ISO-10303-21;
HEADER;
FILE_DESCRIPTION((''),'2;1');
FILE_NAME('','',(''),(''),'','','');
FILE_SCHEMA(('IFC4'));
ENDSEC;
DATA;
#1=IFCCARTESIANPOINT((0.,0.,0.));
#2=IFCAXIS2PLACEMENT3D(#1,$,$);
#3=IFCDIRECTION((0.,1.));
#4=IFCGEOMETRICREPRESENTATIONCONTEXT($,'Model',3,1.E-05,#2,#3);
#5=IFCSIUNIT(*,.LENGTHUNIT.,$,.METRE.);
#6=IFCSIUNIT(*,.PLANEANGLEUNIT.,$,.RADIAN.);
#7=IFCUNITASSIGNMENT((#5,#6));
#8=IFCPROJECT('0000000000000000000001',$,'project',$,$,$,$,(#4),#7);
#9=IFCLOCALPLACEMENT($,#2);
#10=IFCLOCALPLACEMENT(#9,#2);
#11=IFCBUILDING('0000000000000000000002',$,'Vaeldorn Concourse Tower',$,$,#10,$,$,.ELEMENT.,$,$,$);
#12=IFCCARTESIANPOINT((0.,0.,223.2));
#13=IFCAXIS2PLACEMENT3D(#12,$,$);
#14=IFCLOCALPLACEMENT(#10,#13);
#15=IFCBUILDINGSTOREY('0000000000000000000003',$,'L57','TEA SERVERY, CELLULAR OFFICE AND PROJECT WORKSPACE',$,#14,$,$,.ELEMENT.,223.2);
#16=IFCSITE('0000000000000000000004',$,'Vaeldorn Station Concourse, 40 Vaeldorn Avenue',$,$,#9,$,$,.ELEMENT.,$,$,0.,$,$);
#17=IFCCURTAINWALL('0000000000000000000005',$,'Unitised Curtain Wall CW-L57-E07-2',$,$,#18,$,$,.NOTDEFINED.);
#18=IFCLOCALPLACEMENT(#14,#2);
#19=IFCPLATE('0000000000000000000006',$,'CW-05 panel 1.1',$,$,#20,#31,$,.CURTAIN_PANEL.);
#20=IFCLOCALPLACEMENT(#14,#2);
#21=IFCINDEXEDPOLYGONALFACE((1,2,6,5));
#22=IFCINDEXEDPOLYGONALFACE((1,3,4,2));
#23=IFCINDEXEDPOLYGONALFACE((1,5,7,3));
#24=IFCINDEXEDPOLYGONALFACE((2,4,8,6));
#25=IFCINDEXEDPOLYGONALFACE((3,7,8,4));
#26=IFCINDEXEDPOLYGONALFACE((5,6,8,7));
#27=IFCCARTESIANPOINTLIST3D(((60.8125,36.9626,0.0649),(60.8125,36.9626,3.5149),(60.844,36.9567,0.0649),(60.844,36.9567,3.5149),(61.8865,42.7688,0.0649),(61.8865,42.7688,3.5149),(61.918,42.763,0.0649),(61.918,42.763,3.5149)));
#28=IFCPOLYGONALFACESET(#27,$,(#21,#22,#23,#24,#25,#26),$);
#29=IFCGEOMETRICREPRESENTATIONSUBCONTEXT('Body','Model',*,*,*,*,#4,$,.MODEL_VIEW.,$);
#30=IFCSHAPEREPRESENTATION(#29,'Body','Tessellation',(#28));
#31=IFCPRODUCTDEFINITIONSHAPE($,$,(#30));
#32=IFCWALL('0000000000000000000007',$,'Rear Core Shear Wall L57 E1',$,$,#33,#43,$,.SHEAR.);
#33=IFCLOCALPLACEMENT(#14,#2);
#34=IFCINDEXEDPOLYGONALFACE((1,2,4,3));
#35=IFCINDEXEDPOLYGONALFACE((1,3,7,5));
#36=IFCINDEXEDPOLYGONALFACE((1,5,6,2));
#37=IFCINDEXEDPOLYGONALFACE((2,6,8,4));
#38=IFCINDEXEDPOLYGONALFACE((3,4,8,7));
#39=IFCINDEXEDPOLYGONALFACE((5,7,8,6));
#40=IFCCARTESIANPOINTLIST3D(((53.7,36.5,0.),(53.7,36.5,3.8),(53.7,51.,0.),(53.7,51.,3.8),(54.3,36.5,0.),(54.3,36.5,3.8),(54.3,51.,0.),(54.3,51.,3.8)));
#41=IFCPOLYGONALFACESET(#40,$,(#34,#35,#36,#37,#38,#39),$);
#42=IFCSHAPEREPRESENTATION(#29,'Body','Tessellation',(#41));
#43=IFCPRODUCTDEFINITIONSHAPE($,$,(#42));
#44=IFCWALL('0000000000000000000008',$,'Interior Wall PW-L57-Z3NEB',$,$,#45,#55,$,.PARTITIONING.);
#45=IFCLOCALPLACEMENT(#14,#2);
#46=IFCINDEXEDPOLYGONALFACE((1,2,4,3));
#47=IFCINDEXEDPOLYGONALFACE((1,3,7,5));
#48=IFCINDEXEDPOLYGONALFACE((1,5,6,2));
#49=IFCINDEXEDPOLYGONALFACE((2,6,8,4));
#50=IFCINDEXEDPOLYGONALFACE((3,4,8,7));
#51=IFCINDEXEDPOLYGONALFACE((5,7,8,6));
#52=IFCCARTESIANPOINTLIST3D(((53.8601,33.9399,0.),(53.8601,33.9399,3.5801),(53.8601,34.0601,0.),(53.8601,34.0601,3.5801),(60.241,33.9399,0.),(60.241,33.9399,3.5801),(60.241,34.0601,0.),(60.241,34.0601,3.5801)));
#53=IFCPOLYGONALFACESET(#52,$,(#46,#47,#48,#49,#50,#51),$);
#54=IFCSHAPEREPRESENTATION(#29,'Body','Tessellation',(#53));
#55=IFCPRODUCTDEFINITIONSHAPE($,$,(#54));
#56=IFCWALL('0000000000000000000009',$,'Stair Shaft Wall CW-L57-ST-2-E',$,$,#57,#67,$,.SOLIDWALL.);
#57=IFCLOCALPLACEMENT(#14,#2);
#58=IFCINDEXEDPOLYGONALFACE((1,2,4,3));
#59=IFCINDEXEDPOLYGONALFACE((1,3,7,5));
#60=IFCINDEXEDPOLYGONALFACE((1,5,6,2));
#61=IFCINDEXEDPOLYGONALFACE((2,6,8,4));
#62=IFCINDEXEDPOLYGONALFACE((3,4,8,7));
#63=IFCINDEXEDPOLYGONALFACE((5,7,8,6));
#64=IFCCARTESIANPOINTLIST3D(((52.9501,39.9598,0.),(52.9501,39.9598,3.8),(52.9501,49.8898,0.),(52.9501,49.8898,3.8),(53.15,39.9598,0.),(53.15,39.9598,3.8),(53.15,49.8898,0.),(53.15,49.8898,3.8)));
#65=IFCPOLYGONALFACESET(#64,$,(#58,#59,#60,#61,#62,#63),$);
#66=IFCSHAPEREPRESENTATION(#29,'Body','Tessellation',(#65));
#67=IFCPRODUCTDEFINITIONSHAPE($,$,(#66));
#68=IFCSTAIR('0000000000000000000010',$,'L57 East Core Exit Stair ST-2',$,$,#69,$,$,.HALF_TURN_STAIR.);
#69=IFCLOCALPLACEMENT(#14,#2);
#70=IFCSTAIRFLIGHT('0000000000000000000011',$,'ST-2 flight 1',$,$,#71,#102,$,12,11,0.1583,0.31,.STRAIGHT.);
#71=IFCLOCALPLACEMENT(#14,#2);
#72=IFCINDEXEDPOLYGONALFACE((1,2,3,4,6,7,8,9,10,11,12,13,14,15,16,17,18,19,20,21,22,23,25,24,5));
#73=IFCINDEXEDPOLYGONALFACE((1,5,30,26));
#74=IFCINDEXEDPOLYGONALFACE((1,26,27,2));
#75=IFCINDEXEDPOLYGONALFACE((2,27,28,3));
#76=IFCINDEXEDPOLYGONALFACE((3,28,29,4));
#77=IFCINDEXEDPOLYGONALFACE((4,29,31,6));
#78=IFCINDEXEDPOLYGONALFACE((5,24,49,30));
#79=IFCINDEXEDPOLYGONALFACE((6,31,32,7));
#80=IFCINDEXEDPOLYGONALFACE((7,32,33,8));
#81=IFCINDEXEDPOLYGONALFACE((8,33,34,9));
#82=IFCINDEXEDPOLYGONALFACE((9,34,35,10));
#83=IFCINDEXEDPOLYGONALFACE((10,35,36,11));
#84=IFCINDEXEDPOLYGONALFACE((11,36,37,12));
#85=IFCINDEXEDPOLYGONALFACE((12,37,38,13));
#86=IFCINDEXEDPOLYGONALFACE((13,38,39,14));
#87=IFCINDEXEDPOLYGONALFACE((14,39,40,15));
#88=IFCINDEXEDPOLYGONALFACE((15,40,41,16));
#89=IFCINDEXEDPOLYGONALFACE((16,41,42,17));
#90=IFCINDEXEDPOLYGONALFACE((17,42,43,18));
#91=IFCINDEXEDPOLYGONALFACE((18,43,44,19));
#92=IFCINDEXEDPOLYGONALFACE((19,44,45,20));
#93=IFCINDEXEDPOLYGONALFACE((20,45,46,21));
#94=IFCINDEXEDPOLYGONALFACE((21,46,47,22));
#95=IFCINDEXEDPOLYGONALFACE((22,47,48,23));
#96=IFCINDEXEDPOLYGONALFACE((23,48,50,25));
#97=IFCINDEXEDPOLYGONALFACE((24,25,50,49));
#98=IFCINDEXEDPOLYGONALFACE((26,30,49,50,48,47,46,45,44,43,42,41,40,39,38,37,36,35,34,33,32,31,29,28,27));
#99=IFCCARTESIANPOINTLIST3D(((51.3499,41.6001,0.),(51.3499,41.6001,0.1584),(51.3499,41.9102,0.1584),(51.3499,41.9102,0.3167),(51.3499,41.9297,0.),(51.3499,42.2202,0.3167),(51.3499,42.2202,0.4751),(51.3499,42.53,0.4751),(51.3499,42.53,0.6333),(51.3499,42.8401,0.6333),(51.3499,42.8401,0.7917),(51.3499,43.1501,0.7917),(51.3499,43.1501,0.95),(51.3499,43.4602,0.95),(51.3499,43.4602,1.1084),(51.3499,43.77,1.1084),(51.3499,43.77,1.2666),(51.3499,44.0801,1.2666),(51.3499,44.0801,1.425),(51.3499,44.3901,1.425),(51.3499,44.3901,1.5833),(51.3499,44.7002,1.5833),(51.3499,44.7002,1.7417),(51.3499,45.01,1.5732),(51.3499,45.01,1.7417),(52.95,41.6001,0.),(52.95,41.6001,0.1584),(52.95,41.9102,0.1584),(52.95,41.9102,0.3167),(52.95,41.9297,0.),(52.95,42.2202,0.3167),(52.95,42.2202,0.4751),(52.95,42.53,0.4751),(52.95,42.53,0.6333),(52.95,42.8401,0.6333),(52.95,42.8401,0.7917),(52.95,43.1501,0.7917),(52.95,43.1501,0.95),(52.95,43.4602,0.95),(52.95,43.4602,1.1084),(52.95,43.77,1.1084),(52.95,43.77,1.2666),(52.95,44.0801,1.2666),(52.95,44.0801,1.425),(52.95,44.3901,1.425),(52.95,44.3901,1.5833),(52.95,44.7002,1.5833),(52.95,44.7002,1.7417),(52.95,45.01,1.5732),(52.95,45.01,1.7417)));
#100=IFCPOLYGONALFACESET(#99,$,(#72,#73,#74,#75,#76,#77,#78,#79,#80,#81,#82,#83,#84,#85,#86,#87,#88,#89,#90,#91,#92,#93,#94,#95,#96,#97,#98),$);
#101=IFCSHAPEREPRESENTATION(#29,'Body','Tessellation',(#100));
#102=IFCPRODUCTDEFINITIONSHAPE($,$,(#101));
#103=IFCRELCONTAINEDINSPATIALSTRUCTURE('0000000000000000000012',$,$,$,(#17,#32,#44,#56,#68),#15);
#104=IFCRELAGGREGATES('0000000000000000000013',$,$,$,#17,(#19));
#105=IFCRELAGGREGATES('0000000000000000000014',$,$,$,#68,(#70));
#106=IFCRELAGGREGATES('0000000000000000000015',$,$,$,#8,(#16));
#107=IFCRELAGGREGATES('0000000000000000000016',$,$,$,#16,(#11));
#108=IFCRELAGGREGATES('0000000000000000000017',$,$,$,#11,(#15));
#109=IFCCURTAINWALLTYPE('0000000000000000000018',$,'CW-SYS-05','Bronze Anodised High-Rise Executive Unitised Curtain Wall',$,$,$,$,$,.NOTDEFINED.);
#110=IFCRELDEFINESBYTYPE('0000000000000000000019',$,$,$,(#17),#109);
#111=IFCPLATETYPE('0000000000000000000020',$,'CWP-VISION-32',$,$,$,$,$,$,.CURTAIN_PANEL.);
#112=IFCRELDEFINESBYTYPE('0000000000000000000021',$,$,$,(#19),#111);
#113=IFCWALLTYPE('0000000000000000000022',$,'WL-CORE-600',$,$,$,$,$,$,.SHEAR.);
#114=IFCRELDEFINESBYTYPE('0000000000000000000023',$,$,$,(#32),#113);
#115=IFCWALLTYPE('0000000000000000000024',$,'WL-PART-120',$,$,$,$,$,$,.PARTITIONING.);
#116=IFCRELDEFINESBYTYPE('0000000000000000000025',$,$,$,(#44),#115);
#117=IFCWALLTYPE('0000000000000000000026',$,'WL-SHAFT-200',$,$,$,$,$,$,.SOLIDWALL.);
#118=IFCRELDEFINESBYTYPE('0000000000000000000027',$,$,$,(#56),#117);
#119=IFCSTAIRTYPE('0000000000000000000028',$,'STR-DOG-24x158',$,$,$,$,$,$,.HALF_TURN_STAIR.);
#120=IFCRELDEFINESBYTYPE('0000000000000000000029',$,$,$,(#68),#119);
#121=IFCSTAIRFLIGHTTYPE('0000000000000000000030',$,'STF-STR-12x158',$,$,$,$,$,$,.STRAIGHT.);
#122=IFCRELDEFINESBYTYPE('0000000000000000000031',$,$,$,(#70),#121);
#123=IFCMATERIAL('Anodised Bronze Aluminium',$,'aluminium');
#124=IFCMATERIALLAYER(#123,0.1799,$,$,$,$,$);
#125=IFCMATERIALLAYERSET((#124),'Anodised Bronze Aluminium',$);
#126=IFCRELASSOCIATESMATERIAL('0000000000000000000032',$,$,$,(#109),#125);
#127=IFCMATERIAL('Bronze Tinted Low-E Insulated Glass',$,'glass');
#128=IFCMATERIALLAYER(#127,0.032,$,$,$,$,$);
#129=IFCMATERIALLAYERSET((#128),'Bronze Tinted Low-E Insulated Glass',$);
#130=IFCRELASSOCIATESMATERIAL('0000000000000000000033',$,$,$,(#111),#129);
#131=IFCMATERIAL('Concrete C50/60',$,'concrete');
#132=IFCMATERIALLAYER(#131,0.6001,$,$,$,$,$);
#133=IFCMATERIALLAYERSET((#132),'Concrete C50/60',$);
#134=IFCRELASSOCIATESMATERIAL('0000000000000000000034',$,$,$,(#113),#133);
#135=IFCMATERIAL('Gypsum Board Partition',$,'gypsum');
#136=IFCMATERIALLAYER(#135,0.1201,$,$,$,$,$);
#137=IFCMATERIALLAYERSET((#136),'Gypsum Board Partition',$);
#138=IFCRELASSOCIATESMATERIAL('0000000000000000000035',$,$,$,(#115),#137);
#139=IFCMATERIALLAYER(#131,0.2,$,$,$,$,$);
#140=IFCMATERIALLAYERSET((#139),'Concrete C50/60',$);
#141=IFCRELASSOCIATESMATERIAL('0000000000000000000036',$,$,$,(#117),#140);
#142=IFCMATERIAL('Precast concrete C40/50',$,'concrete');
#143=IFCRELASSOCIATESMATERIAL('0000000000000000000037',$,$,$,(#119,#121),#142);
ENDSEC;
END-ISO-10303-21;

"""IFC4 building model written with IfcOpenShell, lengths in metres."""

from ifc_helpers import new_model, si_unit, direction, frame, frame_2d, origin, origin_2d, place, context, subcontext, project, spatial, polyline, rectangle, outline, extrude, source, transform, mapped, material, layer, layer_set, type_object, element, aggregate, save


model = new_model("IFC4")

# Units and contexts
model_context = context("Model", 3, precision=1e-05, world=origin(), true_north=direction((0.0, 1.0)))
body_context = subcontext(model_context, "Body", "Model", "MODEL_VIEW")
ifc_project = project(units=[si_unit("LENGTHUNIT", "METRE"), si_unit("PLANEANGLEUNIT", "RADIAN")], contexts=[model_context])

# Site, building, storey
site_placement = place(None, origin())
site = spatial("IfcSite", under=ifc_project, at=site_placement, Name="Vaeldorn Station Concourse, 40 Vaeldorn Avenue", CompositionType="ELEMENT", RefElevation=0.0)
building_placement = place(site_placement, origin())
building = spatial("IfcBuilding", under=site, at=building_placement, Name="Vaeldorn Concourse Tower", CompositionType="ELEMENT")
storey_placement = place(building_placement, frame((0.0, 0.0, 223.2)))
storey = spatial("IfcBuildingStorey", under=building, at=storey_placement, Name="L57", Description="TEA SERVERY, CELLULAR OFFICE AND PROJECT WORKSPACE", CompositionType="ELEMENT", Elevation=223.2)

# Shared definitions
ifc_material_1 = material(Name="Concrete C50/60", Category="concrete")

# Shared definitions
ifc_material_2 = material(Name="Anodised Bronze Aluminium", Category="aluminium")
ifc_layer_1 = layer(ifc_material_2, 0.1799)
ifc_layer_set_1 = layer_set([ifc_layer_1], Name="Anodised Bronze Aluminium")
curtain_wall_type = type_object("IfcCurtainWallType", Name="CW-SYS-05", Description="Bronze Anodised High-Rise Executive Unitised Curtain Wall", PredefinedType="NOTDEFINED", material=ifc_layer_set_1)

# Curtain wall, plate
curtain_wall_1_placement = place(storey_placement, origin())
curtain_wall_1 = element("IfcCurtainWall", 1, at=curtain_wall_1_placement, inside=storey, type_object=curtain_wall_type, Name="Unitised Curtain Wall CW-L57-E07-2", PredefinedType="NOTDEFINED")
ifc_material_3 = material(Name="Bronze Tinted Low-E Insulated Glass", Category="glass")
ifc_layer_2 = layer(ifc_material_3, 0.032)
ifc_layer_set_2 = layer_set([ifc_layer_2], Name="Bronze Tinted Low-E Insulated Glass")
plate_type = type_object("IfcPlateType", Name="CWP-VISION-32", PredefinedType="CURTAIN_PANEL", material=ifc_layer_set_2)
shared_shape_1 = source(origin(), body_context, "Body", "SweptSolid", [
    extrude(rectangle(XDim=5.9048, YDim=0.032, at=origin_2d()), origin(), (0.0, 0.0, 1.0), 3.45),
])
plate_placement = place(storey_placement, frame((61.3652, 39.8628, 0.0649), z_axis=(0.0, 0.0, 1.0), x_axis=(0.181888, 0.983319, 0.0)))
plate = element("IfcPlate", 2, at=plate_placement, type_object=plate_type, Name="CW-05 panel 1.1", PredefinedType="CURTAIN_PANEL", context=body_context, shape_type="MappedRepresentation", body=[
    mapped(shared_shape_1, transform((0.0, 0.0, 0.0), scale=1.0)),
])
aggregate(curtain_wall_1, [plate])

# Wall
ifc_layer_3 = layer(ifc_material_1, 0.6001)
ifc_layer_set_3 = layer_set([ifc_layer_3], Name="Concrete C50/60")
wall_type_1 = type_object("IfcWallType", Name="WL-CORE-600", PredefinedType="SHEAR", material=ifc_layer_set_3)
wall_1_placement = place(storey_placement, frame((54.0, 36.5, 0.0), z_axis=(0.0, 0.0, 1.0), x_axis=(0.0, 1.0, 0.0)))
element("IfcWall", 3, at=wall_1_placement, inside=storey, type_object=wall_type_1, Name="Rear Core Shear Wall L57 E1", PredefinedType="SHEAR", context=body_context, shape_type="SweptSolid", body=[
    extrude(rectangle(XDim=14.5, YDim=0.6001, at=frame_2d((7.25, 0.0))), origin(), (0.0, 0.0, 1.0), 3.8),
])

# Shared definitions
ifc_material_4 = material(Name="Gypsum Board Partition", Category="gypsum")
ifc_layer_4 = layer(ifc_material_4, 0.1201)
ifc_layer_set_4 = layer_set([ifc_layer_4], Name="Gypsum Board Partition")
wall_type_2 = type_object("IfcWallType", Name="WL-PART-120", PredefinedType="PARTITIONING", material=ifc_layer_set_4)

# Walls
wall_2_placement = place(storey_placement, frame((53.8601, 34.0, 0.0), z_axis=(0.0, 0.0, 1.0), x_axis=(1.0, 0.0, 0.0)))
element("IfcWall", 4, at=wall_2_placement, inside=storey, type_object=wall_type_2, Name="Interior Wall PW-L57-Z3NEB", PredefinedType="PARTITIONING", context=body_context, shape_type="SweptSolid", body=[
    extrude(rectangle(XDim=6.3809, YDim=0.1201, at=frame_2d((3.1904, 0.0))), origin(), (0.0, 0.0, 1.0), 3.5801),
])
ifc_layer_5 = layer(ifc_material_1, 0.2)
ifc_layer_set_5 = layer_set([ifc_layer_5], Name="Concrete C50/60")
wall_type_3 = type_object("IfcWallType", Name="WL-SHAFT-200", PredefinedType="SOLIDWALL", material=ifc_layer_set_5)
wall_3_placement = place(storey_placement, frame((53.05, 39.96, 0.0), z_axis=(0.0, 0.0, 1.0), x_axis=(0.0, 1.0, 0.0)))
element("IfcWall", 5, at=wall_3_placement, inside=storey, type_object=wall_type_3, Name="Stair Shaft Wall CW-L57-ST-2-E", PredefinedType="SOLIDWALL", context=body_context, shape_type="SweptSolid", body=[
    extrude(rectangle(XDim=9.9299, YDim=0.2, at=frame_2d((4.9648, 0.0))), origin(), (0.0, 0.0, 1.0), 3.8),
])

# Stair, stair flight
ifc_material_5 = material(Name="Precast concrete C40/50", Category="concrete")
stair_type = type_object("IfcStairType", Name="STR-DOG-24x158", PredefinedType="HALF_TURN_STAIR", material=ifc_material_5)
stair_placement = place(storey_placement, origin())
stair = element("IfcStair", 6, at=stair_placement, inside=storey, type_object=stair_type, Name="L57 East Core Exit Stair ST-2", PredefinedType="HALF_TURN_STAIR")
stair_flight_type = type_object("IfcStairFlightType", Name="STF-STR-12x158", PredefinedType="STRAIGHT", material=ifc_material_5)
stair_flight_placement = place(storey_placement, frame((52.1499, 41.6001, 0.0), z_axis=(0.0, 0.0, 1.0), x_axis=(0.0, 1.0, 0.0)))
stair_flight = element("IfcStairFlight", 7, at=stair_flight_placement, type_object=stair_flight_type, Name="ST-2 flight 1", NumberOfRisers=12, NumberOfTreads=11, PredefinedType="STRAIGHT", RiserHeight=0.1583, TreadLength=0.31, context=body_context, shape_type="SweptSolid", body=[
    extrude(outline(polyline([(0.0, 0.0), (0.0, 0.1584), (0.3101, 0.1584), (0.3101, 0.3167), (0.6201, 0.3167), (0.6201, 0.4751), (0.9299, 0.4751), (0.9299, 0.6333), (1.24, 0.6333), (1.24, 0.7917), (1.55, 0.7917), (1.55, 0.95), (1.8601, 0.95), (1.8601, 1.1084), (2.1699, 1.1084), (2.1699, 1.2666), (2.48, 1.2666), (2.48, 1.425), (2.79, 1.425), (2.79, 1.5833), (3.1001, 1.5833), (3.1001, 1.7417), (3.4099, 1.7417), (3.4099, 1.8999), (3.4099, 1.5732), (0.3296, 0.0), (0.0, 0.0)])), frame((0.0, 0.8, 0.0), z_axis=(0.0, -1.0, 0.0), x_axis=(1.0, 0.0, 0.0)), (0.0, 0.0, 1.0), 1.6001),
])
aggregate(stair, [stair_flight])

save(model, "model.ifc")
